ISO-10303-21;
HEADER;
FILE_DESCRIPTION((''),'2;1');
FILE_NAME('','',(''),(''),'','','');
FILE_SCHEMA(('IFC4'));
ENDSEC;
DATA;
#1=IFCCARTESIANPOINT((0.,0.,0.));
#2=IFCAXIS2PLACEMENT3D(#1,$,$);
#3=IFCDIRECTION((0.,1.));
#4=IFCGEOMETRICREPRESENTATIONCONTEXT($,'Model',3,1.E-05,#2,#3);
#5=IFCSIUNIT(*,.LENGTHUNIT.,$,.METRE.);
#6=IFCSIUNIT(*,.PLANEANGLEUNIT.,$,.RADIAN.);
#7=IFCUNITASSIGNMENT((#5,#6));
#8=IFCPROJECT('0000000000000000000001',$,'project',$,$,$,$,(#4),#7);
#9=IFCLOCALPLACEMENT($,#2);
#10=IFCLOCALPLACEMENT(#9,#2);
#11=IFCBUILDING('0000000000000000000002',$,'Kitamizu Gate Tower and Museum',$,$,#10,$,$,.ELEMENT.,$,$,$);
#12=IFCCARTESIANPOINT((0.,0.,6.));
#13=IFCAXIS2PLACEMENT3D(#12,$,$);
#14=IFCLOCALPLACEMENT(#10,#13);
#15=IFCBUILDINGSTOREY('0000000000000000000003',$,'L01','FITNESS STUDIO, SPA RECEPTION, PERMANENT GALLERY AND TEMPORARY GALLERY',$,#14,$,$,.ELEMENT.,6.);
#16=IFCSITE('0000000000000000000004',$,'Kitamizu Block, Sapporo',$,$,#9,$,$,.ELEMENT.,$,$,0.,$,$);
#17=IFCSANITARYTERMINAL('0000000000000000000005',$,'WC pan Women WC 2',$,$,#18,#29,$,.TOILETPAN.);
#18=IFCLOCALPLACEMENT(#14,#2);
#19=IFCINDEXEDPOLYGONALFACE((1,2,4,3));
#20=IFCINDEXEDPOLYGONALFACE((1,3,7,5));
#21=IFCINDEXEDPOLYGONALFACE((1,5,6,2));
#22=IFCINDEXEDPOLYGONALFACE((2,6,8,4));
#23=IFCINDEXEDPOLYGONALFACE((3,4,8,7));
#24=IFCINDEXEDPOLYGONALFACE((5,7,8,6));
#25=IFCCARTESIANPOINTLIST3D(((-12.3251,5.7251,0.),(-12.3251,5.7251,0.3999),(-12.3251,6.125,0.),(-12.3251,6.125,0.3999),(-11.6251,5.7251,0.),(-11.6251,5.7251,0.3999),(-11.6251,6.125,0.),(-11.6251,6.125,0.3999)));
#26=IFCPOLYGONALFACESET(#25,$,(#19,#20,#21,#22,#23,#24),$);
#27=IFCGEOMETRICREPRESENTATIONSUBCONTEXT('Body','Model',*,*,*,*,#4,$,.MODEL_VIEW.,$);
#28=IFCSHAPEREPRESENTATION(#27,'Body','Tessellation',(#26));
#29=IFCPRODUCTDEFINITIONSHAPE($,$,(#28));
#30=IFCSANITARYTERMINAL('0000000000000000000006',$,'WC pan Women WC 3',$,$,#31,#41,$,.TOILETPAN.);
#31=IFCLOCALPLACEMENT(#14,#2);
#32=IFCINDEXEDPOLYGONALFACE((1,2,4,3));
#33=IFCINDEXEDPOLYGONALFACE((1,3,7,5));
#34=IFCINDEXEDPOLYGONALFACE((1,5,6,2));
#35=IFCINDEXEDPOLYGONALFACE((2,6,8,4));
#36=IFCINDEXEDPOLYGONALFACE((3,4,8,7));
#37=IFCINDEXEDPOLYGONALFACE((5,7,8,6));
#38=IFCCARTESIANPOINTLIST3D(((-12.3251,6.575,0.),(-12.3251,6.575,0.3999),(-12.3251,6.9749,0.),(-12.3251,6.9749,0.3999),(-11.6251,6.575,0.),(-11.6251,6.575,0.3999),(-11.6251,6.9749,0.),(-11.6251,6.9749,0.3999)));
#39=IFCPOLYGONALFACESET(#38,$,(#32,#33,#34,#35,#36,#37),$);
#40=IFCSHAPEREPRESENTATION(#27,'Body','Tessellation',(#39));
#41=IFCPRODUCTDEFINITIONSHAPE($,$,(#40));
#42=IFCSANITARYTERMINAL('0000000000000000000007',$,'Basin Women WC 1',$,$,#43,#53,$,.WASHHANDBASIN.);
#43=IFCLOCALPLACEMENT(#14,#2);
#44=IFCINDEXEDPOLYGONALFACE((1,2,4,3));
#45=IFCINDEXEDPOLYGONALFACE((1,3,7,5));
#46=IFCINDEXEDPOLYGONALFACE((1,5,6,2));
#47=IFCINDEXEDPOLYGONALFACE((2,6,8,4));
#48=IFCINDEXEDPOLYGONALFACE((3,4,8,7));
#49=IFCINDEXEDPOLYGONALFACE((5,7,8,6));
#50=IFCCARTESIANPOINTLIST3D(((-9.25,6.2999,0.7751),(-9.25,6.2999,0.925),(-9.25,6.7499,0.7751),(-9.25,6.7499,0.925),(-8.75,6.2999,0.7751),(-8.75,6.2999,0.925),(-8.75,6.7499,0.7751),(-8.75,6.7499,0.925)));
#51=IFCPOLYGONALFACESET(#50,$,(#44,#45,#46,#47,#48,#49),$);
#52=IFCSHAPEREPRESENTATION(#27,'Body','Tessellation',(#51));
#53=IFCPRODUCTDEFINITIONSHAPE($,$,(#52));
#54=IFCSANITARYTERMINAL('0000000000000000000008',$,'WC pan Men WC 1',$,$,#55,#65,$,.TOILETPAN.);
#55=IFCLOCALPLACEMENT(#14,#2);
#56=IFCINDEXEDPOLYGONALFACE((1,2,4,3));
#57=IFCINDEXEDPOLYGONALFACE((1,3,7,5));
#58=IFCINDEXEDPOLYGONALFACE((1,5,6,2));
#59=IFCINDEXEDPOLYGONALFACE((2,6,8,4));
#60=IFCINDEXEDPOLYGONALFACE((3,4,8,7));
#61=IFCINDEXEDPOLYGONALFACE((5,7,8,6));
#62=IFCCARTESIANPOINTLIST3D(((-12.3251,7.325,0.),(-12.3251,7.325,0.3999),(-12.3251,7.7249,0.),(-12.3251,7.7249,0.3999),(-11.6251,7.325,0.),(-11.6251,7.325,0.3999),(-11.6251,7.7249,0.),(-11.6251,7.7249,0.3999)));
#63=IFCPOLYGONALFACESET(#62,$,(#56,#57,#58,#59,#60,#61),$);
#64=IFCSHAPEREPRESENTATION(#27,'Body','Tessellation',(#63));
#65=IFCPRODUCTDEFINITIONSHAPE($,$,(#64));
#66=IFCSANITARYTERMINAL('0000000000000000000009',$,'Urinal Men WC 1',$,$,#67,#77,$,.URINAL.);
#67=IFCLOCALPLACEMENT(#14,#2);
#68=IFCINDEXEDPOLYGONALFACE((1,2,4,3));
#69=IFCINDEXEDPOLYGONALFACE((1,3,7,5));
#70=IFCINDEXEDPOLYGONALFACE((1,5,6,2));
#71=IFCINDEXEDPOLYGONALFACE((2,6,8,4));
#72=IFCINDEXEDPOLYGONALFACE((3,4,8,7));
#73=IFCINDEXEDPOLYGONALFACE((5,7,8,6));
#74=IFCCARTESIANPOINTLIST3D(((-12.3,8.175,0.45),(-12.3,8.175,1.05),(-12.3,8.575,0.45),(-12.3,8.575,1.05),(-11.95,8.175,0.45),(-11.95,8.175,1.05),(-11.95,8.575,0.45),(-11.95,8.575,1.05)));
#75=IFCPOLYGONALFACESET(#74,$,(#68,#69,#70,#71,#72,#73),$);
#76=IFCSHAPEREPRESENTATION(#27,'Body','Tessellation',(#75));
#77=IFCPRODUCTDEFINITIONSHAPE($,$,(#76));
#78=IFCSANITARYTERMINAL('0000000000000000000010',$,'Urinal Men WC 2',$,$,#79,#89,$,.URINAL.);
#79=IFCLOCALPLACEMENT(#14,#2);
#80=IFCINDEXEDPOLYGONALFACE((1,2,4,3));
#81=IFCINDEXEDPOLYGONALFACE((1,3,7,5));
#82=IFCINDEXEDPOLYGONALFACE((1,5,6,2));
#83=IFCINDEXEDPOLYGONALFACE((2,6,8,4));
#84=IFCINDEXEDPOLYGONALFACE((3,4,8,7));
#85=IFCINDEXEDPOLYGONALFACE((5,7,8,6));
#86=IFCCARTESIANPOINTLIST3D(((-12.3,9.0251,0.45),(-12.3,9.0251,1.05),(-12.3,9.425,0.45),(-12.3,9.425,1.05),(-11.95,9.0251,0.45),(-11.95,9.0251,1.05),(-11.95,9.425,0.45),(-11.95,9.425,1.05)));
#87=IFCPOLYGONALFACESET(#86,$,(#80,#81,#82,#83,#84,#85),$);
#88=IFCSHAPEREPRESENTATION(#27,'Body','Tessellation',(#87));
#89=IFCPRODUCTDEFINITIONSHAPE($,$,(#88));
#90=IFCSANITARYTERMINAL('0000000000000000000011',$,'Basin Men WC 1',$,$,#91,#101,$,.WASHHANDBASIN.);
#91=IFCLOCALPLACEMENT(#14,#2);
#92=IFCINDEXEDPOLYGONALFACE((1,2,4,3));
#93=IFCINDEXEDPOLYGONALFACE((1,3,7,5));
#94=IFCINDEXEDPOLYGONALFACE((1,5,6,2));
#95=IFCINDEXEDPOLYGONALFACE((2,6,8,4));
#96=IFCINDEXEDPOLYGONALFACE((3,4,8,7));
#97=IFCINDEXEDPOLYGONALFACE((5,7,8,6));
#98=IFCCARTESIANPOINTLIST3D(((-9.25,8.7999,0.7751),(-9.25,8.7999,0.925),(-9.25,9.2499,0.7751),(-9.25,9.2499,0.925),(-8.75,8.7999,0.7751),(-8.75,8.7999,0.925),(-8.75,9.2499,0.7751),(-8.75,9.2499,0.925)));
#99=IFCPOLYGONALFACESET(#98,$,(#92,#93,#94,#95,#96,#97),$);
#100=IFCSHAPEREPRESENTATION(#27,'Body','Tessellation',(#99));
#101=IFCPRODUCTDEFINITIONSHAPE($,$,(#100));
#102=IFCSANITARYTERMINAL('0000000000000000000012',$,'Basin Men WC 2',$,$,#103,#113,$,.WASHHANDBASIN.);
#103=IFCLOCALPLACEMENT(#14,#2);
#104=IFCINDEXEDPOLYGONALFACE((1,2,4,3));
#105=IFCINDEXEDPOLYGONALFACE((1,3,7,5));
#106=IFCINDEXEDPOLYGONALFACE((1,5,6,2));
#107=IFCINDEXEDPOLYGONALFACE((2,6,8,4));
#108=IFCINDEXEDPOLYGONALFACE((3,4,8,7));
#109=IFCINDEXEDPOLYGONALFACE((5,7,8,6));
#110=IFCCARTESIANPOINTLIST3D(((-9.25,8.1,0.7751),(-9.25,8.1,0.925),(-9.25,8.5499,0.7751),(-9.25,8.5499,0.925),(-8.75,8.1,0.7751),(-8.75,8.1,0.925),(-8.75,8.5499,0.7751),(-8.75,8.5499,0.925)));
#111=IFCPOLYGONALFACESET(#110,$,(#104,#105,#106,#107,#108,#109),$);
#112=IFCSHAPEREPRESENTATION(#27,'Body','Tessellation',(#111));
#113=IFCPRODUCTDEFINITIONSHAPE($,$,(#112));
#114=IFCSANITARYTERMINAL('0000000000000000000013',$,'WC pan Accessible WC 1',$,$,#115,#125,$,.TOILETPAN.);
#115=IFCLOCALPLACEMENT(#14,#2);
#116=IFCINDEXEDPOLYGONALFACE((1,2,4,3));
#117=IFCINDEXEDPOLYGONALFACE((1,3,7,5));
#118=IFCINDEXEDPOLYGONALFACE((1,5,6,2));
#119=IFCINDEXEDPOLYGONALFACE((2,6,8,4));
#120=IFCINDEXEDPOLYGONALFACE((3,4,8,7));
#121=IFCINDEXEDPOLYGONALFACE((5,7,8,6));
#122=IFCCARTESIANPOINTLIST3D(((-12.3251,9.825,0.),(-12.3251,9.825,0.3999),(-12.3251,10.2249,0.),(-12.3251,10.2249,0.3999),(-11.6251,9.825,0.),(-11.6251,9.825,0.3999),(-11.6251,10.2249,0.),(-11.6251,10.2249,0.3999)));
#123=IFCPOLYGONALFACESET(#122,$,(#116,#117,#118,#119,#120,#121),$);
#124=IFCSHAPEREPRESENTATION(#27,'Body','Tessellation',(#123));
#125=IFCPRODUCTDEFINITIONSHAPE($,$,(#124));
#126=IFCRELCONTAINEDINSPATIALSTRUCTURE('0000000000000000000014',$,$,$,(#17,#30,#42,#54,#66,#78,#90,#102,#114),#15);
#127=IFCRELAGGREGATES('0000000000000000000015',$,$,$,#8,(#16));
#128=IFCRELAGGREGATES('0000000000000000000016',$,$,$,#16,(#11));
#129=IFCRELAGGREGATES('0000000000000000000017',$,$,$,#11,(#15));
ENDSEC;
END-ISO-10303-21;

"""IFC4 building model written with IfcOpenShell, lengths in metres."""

from ifc_helpers import new_model, si_unit, direction, frame, origin, origin_2d, place, context, subcontext, project, spatial, rectangle, extrude, element, save


model = new_model("IFC4")

# Units and contexts
model_context = context("Model", 3, precision=1e-05, world=origin(), true_north=direction((0.0, 1.0)))
body_context = subcontext(model_context, "Body", "Model", "MODEL_VIEW")
ifc_project = project(units=[si_unit("LENGTHUNIT", "METRE"), si_unit("PLANEANGLEUNIT", "RADIAN")], contexts=[model_context])

# Site, building, storey
site_placement = place(None, origin())
site = spatial("IfcSite", under=ifc_project, at=site_placement, Name="Kitamizu Block, Sapporo", CompositionType="ELEMENT", RefElevation=0.0)
building_placement = place(site_placement, origin())
building = spatial("IfcBuilding", under=site, at=building_placement, Name="Kitamizu Gate Tower and Museum", CompositionType="ELEMENT")
storey_placement = place(building_placement, frame((0.0, 0.0, 6.0)))
storey = spatial("IfcBuildingStorey", under=building, at=storey_placement, Name="L01", Description="FITNESS STUDIO, SPA RECEPTION, PERMANENT GALLERY AND TEMPORARY GALLERY", CompositionType="ELEMENT", Elevation=6.0)

# Sanitary terminals
for number, where, z_axis, x_axis, name in (
    (1, (-11.9751, 5.925, 0.0), (0.0, 0.0, 1.0), (1.0, 0.0, 0.0), "WC pan Women WC 2"),
    (2, (-11.9751, 6.7749, 0.0), (0.0, 0.0, 1.0), (1.0, 0.0, 0.0), "WC pan Women WC 3"),
):
    element("IfcSanitaryTerminal", number, at=place(storey_placement, frame(where, z_axis=z_axis, x_axis=x_axis)), inside=storey, Name=name, PredefinedType="TOILETPAN", context=body_context, shape_type="SweptSolid", body=[
        extrude(rectangle(XDim=0.7, YDim=0.3999, at=origin_2d()), origin(), (0.0, 0.0, 1.0), 0.3999),
    ])
sanitary_terminal_1_placement = place(storey_placement, frame((-9.0, 6.5249, 0.7751), z_axis=(0.0, 0.0, 1.0), x_axis=(1.0, 0.0, 0.0)))
element("IfcSanitaryTerminal", 3, at=sanitary_terminal_1_placement, inside=storey, Name="Basin Women WC 1", PredefinedType="WASHHANDBASIN", context=body_context, shape_type="SweptSolid", body=[
    extrude(rectangle(XDim=0.5, YDim=0.45, at=origin_2d()), origin(), (0.0, 0.0, 1.0), 0.1499),
])
sanitary_terminal_2_placement = place(storey_placement, frame((-11.9751, 7.5249, 0.0), z_axis=(0.0, 0.0, 1.0), x_axis=(1.0, 0.0, 0.0)))
element("IfcSanitaryTerminal", 4, at=sanitary_terminal_2_placement, inside=storey, Name="WC pan Men WC 1", PredefinedType="TOILETPAN", context=body_context, shape_type="SweptSolid", body=[
    extrude(rectangle(XDim=0.7, YDim=0.3999, at=origin_2d()), origin(), (0.0, 0.0, 1.0), 0.3999),
])
for number, where, z_axis, x_axis, name in (
    (5, (-12.125, 8.375, 0.45), (0.0, 0.0, 1.0), (1.0, 0.0, 0.0), "Urinal Men WC 1"),
    (6, (-12.125, 9.2251, 0.45), (0.0, 0.0, 1.0), (1.0, 0.0, 0.0), "Urinal Men WC 2"),
):
    element("IfcSanitaryTerminal", number, at=place(storey_placement, frame(where, z_axis=z_axis, x_axis=x_axis)), inside=storey, Name=name, PredefinedType="URINAL", context=body_context, shape_type="SweptSolid", body=[
        extrude(rectangle(XDim=0.3501, YDim=0.3999, at=origin_2d()), origin(), (0.0, 0.0, 1.0), 0.6001),
    ])
for number, where, z_axis, x_axis, name in (
    (7, (-9.0, 9.0249, 0.7751), (0.0, 0.0, 1.0), (1.0, 0.0, 0.0), "Basin Men WC 1"),
    (8, (-9.0, 8.325, 0.7751), (0.0, 0.0, 1.0), (1.0, 0.0, 0.0), "Basin Men WC 2"),
):
    element("IfcSanitaryTerminal", number, at=place(storey_placement, frame(where, z_axis=z_axis, x_axis=x_axis)), inside=storey, Name=name, PredefinedType="WASHHANDBASIN", context=body_context, shape_type="SweptSolid", body=[
        extrude(rectangle(XDim=0.5, YDim=0.45, at=origin_2d()), origin(), (0.0, 0.0, 1.0), 0.1499),
    ])
sanitary_terminal_3_placement = place(storey_placement, frame((-11.9751, 10.0249, 0.0), z_axis=(0.0, 0.0, 1.0), x_axis=(1.0, 0.0, 0.0)))
element("IfcSanitaryTerminal", 9, at=sanitary_terminal_3_placement, inside=storey, Name="WC pan Accessible WC 1", PredefinedType="TOILETPAN", context=body_context, shape_type="SweptSolid", body=[
    extrude(rectangle(XDim=0.7, YDim=0.3999, at=origin_2d()), origin(), (0.0, 0.0, 1.0), 0.3999),
])

save(model, "model.ifc")
